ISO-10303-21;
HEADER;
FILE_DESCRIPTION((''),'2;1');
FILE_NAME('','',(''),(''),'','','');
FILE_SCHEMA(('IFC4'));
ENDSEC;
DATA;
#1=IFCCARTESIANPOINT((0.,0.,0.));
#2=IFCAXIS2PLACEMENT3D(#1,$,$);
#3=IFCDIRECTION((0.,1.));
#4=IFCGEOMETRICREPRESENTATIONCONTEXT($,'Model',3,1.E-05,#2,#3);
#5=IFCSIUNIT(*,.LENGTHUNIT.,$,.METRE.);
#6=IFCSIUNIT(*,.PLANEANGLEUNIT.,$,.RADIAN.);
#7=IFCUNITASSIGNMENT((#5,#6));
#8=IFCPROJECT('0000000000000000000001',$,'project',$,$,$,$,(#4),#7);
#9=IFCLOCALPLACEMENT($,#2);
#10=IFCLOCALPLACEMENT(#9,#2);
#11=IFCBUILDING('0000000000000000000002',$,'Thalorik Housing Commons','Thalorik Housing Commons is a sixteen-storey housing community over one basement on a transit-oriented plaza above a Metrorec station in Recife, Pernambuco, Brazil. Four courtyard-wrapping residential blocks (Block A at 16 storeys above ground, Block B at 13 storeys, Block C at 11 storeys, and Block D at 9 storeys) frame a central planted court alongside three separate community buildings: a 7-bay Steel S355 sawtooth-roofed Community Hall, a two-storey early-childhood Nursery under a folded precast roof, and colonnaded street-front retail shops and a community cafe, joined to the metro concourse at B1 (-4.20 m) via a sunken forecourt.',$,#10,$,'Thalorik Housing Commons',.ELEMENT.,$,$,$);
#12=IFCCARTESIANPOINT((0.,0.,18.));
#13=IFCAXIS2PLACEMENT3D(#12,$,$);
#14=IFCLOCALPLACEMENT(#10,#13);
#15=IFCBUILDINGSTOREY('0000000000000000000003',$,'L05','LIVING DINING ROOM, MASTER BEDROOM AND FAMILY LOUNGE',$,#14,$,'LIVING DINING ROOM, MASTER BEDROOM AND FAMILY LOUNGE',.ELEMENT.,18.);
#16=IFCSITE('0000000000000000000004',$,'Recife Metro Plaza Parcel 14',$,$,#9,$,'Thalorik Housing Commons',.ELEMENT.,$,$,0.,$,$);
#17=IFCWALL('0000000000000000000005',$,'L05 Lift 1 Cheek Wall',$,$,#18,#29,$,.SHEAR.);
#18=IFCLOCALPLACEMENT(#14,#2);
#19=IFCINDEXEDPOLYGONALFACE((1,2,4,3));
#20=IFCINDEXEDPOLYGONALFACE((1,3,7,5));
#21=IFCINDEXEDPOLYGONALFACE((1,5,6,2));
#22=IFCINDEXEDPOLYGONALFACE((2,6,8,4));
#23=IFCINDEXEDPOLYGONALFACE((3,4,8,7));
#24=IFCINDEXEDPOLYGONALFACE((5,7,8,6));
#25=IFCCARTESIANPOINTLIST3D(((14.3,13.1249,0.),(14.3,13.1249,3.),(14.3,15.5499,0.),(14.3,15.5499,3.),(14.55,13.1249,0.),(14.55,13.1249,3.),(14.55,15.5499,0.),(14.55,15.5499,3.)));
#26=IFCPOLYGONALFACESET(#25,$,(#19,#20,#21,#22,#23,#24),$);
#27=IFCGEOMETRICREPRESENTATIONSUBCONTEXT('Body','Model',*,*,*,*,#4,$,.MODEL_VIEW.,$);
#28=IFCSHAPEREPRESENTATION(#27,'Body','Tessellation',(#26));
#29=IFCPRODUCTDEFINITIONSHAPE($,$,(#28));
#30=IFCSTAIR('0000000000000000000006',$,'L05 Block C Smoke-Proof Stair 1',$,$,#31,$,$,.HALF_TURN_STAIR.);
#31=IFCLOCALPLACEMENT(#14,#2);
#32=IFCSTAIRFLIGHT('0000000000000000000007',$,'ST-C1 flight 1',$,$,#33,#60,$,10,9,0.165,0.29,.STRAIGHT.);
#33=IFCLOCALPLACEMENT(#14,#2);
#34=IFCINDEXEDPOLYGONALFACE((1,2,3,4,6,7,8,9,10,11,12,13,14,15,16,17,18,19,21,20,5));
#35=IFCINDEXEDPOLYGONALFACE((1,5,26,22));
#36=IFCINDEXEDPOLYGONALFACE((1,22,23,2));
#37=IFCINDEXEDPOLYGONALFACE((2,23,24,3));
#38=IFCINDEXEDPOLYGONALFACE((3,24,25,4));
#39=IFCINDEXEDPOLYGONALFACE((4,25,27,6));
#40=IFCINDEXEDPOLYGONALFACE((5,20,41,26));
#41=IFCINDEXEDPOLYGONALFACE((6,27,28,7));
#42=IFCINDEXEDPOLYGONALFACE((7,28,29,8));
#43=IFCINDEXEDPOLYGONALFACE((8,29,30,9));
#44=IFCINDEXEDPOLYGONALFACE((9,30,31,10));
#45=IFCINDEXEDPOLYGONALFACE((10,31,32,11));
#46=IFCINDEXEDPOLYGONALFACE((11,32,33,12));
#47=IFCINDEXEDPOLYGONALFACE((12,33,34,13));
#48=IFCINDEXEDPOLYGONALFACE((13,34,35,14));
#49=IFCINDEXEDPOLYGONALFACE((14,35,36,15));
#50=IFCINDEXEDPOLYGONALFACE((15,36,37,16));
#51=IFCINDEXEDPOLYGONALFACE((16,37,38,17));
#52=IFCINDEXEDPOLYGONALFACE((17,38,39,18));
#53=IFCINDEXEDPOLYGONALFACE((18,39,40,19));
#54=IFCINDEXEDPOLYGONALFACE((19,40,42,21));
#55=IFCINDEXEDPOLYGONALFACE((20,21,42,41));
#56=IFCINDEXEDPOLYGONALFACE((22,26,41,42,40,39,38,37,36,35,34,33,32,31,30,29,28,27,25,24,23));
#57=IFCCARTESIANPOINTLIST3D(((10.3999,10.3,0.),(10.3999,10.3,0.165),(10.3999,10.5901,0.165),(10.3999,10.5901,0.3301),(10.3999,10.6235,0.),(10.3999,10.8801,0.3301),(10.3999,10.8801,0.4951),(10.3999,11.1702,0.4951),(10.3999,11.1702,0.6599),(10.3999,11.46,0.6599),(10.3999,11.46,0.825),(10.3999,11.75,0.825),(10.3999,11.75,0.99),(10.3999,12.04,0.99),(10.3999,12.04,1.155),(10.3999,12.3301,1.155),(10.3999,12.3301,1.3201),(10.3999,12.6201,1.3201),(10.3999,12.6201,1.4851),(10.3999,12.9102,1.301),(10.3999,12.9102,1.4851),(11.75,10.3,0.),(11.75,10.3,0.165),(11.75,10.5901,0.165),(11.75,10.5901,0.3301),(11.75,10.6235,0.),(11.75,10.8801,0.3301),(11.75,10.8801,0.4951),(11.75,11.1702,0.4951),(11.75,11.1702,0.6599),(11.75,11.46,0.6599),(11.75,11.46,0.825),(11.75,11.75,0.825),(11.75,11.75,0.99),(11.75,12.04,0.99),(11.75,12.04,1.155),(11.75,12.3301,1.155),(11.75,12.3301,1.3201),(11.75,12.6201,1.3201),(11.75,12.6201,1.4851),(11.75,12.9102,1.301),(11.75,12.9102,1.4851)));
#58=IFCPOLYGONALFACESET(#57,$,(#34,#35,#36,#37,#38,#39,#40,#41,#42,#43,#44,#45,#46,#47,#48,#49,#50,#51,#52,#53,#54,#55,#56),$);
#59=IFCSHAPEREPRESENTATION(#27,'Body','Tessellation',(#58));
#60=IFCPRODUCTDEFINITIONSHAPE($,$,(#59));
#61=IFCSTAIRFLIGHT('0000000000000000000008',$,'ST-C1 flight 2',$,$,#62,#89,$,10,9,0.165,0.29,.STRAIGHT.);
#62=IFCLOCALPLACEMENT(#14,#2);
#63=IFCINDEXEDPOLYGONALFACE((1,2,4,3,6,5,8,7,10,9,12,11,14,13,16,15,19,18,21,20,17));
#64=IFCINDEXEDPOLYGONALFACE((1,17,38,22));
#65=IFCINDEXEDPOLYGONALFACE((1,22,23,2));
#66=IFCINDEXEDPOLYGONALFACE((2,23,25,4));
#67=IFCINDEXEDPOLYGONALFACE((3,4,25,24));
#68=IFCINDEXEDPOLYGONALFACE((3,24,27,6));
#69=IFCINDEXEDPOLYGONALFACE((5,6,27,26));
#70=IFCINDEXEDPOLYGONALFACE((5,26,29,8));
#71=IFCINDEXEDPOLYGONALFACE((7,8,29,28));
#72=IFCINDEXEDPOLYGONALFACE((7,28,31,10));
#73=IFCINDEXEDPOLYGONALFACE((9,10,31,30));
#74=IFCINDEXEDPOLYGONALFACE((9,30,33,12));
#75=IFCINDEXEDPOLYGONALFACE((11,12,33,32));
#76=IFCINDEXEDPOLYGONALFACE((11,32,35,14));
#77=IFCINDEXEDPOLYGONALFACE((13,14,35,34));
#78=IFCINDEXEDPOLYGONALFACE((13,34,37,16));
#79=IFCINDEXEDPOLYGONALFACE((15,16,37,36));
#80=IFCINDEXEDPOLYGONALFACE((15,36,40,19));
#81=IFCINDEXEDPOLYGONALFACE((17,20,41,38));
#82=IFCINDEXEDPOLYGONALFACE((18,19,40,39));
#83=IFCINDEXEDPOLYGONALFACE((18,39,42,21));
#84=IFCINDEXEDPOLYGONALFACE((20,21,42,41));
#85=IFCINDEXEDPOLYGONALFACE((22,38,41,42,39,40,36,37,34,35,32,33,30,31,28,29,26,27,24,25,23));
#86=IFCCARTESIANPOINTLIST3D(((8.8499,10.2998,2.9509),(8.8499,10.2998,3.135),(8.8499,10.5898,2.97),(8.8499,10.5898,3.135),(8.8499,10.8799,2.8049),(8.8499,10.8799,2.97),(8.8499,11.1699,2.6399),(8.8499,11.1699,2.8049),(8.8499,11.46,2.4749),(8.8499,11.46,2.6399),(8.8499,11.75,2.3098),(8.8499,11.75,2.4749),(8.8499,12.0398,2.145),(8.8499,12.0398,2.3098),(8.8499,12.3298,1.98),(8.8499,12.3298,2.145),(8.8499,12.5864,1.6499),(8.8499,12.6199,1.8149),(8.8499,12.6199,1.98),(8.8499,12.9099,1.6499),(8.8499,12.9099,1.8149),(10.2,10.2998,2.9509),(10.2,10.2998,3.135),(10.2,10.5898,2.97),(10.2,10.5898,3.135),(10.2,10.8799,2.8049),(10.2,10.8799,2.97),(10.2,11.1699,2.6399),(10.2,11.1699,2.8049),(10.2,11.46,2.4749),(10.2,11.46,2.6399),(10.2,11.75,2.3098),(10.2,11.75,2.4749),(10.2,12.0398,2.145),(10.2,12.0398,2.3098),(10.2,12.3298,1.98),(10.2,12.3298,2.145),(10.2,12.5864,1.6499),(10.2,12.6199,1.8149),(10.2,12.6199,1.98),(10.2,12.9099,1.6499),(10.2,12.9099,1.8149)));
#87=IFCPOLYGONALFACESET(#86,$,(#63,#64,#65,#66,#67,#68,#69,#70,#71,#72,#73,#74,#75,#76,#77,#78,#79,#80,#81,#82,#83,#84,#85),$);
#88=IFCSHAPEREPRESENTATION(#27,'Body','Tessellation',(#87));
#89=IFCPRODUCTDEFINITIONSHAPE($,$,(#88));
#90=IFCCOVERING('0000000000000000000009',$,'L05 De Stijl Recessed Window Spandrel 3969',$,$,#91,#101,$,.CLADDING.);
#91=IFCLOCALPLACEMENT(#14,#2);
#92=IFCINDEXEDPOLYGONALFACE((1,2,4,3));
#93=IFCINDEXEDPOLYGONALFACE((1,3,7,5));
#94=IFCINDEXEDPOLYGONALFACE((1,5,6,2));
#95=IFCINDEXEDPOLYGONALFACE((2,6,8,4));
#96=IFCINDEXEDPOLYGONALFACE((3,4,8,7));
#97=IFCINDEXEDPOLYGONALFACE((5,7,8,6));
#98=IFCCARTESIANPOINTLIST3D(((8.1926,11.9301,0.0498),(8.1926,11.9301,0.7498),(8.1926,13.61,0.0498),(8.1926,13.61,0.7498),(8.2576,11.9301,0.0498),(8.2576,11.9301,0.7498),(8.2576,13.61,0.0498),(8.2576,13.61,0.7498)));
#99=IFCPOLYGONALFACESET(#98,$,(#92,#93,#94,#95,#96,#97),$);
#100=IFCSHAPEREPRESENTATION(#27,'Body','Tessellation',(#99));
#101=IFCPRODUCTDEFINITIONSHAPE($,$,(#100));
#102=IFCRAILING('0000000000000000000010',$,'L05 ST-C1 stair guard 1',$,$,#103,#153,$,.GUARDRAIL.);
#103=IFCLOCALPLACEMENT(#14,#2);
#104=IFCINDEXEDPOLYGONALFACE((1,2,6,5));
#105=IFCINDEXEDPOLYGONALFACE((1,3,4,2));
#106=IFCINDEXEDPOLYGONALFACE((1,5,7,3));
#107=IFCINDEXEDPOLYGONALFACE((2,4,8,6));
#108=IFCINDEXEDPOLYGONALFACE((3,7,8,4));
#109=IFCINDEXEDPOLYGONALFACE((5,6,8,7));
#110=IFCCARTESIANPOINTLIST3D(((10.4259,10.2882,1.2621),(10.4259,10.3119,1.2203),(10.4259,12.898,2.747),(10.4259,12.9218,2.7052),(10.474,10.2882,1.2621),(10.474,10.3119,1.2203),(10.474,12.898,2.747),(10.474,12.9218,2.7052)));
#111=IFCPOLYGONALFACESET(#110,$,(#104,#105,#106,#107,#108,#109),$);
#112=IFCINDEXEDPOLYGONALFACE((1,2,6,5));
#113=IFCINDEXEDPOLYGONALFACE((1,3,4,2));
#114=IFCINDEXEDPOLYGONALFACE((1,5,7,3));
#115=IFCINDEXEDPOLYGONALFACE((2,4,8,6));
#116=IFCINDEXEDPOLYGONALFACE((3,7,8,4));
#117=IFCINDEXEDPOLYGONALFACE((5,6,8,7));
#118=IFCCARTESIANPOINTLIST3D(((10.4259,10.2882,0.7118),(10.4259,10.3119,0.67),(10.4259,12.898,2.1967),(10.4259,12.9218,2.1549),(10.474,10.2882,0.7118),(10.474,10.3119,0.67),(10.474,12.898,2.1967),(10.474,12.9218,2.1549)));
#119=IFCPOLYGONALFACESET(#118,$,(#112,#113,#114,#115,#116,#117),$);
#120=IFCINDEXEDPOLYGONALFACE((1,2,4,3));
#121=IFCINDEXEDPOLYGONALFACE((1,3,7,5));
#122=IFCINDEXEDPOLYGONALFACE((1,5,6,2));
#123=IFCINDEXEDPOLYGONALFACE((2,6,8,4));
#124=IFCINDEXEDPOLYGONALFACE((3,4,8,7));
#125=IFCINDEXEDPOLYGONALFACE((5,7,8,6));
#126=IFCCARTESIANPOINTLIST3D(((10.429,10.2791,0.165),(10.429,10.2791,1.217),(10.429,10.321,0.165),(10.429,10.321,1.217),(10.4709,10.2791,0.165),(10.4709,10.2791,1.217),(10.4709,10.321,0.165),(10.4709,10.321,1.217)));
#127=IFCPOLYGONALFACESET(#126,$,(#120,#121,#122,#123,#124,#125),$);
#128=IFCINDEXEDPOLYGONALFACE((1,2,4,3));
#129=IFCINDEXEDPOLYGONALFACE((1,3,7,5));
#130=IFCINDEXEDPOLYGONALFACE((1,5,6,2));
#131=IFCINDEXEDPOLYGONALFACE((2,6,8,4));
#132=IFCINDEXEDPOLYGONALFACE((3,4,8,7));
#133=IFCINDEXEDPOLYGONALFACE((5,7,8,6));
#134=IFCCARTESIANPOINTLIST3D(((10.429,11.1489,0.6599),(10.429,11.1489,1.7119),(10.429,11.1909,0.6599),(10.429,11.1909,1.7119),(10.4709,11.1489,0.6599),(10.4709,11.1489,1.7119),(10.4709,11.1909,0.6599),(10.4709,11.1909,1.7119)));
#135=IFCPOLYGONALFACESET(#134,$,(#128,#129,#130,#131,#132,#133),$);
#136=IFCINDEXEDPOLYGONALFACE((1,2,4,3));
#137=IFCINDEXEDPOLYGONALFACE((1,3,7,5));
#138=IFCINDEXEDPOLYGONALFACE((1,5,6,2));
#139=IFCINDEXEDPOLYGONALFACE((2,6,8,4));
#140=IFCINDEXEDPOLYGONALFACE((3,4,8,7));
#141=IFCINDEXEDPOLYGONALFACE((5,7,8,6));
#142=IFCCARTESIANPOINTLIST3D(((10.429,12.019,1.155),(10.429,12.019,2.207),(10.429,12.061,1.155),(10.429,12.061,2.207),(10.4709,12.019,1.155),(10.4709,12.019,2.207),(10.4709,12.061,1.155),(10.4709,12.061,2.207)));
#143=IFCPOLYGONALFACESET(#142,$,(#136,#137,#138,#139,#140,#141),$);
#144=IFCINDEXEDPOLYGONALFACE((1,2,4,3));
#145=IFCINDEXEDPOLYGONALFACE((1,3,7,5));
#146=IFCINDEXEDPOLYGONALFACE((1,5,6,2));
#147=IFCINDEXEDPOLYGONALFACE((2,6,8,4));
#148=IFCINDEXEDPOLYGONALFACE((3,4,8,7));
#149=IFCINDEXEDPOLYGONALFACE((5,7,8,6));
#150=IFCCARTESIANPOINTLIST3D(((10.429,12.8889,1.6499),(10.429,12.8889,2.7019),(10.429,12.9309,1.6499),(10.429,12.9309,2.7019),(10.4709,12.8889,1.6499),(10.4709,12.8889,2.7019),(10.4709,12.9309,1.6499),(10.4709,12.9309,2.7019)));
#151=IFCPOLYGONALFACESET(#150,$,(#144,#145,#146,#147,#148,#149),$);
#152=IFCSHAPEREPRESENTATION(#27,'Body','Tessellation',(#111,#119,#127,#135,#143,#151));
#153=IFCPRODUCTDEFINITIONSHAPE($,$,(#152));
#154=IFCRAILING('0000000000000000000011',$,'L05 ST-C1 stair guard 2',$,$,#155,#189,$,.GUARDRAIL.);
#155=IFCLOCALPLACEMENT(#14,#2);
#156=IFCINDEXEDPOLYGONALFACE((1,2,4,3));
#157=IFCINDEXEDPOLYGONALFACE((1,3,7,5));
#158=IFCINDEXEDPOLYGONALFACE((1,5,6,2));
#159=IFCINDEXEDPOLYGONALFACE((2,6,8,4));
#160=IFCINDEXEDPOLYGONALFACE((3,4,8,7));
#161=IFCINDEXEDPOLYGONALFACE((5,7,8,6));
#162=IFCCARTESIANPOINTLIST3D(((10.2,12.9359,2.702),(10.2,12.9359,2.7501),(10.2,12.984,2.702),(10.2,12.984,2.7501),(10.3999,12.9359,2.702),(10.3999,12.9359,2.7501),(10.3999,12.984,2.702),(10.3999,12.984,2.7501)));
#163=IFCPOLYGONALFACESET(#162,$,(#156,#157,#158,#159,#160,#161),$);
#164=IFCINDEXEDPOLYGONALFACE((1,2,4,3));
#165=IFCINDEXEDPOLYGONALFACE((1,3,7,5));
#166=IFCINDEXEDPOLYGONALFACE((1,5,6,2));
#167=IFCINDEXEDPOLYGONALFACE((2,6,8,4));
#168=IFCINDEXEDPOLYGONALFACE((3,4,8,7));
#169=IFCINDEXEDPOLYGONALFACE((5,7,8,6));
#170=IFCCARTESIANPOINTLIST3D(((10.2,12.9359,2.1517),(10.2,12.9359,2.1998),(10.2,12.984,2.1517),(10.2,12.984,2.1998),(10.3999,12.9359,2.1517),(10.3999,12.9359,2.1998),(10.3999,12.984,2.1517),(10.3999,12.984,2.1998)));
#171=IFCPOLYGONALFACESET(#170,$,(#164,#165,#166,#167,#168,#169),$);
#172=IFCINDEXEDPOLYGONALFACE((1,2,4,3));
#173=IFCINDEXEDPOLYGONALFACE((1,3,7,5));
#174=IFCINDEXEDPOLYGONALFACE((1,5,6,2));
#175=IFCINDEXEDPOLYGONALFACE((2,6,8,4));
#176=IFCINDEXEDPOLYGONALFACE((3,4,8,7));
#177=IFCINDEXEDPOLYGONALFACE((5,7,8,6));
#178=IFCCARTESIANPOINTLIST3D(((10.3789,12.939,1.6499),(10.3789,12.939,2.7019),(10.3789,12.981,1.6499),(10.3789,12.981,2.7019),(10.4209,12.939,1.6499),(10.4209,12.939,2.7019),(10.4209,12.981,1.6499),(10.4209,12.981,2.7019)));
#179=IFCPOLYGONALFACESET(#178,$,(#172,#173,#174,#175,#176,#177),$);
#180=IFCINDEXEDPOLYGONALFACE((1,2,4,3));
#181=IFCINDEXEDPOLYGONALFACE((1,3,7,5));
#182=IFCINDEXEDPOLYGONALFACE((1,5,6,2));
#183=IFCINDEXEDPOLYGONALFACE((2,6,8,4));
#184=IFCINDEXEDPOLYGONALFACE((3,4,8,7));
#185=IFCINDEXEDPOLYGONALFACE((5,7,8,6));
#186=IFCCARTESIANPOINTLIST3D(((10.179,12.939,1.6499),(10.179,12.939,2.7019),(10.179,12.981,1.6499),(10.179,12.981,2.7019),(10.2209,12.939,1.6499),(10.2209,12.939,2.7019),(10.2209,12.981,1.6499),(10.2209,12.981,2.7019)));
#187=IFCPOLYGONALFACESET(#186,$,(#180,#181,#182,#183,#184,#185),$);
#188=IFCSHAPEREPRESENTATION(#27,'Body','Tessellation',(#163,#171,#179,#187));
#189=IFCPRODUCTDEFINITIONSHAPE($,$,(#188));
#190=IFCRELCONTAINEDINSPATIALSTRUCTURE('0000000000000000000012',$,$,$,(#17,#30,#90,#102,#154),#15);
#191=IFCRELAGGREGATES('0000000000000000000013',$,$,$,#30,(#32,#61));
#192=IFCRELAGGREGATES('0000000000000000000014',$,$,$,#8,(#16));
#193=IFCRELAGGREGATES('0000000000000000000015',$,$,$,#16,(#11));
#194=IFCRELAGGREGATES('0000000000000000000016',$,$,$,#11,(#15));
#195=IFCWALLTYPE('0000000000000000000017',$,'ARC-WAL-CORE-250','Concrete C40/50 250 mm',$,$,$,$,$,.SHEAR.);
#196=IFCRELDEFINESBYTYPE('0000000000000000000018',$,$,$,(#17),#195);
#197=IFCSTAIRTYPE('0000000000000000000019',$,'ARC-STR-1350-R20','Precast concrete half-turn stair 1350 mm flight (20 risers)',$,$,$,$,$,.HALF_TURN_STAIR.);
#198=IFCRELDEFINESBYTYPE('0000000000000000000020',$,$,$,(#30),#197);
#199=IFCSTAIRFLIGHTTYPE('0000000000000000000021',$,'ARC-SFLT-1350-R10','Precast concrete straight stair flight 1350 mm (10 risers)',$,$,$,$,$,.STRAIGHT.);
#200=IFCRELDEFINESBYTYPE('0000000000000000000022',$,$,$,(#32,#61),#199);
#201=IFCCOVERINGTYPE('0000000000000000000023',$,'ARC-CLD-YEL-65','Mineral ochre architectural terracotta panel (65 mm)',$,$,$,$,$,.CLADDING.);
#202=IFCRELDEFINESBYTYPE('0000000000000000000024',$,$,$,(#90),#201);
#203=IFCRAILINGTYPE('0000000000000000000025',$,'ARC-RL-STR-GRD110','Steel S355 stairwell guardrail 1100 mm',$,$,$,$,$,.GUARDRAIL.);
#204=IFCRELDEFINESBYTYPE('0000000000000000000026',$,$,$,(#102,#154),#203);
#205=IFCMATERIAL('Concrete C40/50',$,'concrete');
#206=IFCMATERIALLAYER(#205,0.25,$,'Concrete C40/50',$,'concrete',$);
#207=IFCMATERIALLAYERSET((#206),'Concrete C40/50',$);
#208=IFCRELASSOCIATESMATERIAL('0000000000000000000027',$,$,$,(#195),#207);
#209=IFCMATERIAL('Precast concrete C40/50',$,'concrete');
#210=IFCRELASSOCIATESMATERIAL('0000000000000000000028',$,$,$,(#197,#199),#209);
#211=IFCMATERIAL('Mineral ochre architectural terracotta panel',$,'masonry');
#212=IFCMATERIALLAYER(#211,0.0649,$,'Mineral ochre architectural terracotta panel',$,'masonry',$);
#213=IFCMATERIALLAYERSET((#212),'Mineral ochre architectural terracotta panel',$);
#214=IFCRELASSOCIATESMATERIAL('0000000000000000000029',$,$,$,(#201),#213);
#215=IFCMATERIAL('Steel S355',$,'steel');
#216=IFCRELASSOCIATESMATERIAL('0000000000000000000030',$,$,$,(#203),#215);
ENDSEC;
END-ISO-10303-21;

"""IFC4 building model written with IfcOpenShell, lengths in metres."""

from ifc_helpers import new_model, si_unit, direction, frame, frame_2d, origin, origin_2d, place, context, subcontext, project, spatial, polyline, rectangle, outline, extrude, material, layer, layer_set, type_object, element, aggregate, save


model = new_model("IFC4")

# Units and contexts
model_context = context("Model", 3, precision=1e-05, world=origin(), true_north=direction((0.0, 1.0)))
body_context = subcontext(model_context, "Body", "Model", "MODEL_VIEW")
ifc_project = project(units=[si_unit("LENGTHUNIT", "METRE"), si_unit("PLANEANGLEUNIT", "RADIAN")], contexts=[model_context])

# Site, building, storey
site_placement = place(None, origin())
site = spatial("IfcSite", under=ifc_project, at=site_placement, Name="Recife Metro Plaza Parcel 14", LongName="Thalorik Housing Commons", CompositionType="ELEMENT", RefElevation=0.0)
building_placement = place(site_placement, origin())
building = spatial("IfcBuilding", under=site, at=building_placement, Name="Thalorik Housing Commons", Description="Thalorik Housing Commons is a sixteen-storey housing community over one basement on a transit-oriented plaza above a Metrorec station in Recife, Pernambuco, Brazil. Four courtyard-wrapping residential blocks (Block A at 16 storeys above ground, Block B at 13 storeys, Block C at 11 storeys, and Block D at 9 storeys) frame a central planted court alongside three separate community buildings: a 7-bay Steel S355 sawtooth-roofed Community Hall, a two-storey early-childhood Nursery under a folded precast roof, and colonnaded street-front retail shops and a community cafe, joined to the metro concourse at B1 (-4.20 m) via a sunken forecourt.", LongName="Thalorik Housing Commons", CompositionType="ELEMENT")
storey_placement = place(building_placement, frame((0.0, 0.0, 18.0)))
storey = spatial("IfcBuildingStorey", under=building, at=storey_placement, Name="L05", Description="LIVING DINING ROOM, MASTER BEDROOM AND FAMILY LOUNGE", LongName="LIVING DINING ROOM, MASTER BEDROOM AND FAMILY LOUNGE", CompositionType="ELEMENT", Elevation=18.0)

# Shared definitions
ifc_material_1 = material(Name="Concrete C40/50", Category="concrete")
ifc_layer_1 = layer(ifc_material_1, 0.25, Name="Concrete C40/50", Category="concrete")
ifc_layer_set_1 = layer_set([ifc_layer_1], Name="Concrete C40/50")
wall_type = type_object("IfcWallType", Name="ARC-WAL-CORE-250", Description="Concrete C40/50 250 mm", PredefinedType="SHEAR", material=ifc_layer_set_1)
ifc_material_2 = material(Name="Steel S355", Category="steel")

# Wall
wall_1_placement = place(storey_placement, frame((14.425, 13.125, 0.0), z_axis=(0.0, 0.0, 1.0), x_axis=(0.0, 1.0, 0.0)))
element("IfcWall", 1, at=wall_1_placement, inside=storey, type_object=wall_type, Name="L05 Lift 1 Cheek Wall", PredefinedType="SHEAR", context=body_context, shape_type="SweptSolid", body=[
    extrude(rectangle(XDim=2.425, YDim=0.25, at=frame_2d((1.2124, 0.0))), origin(), (0.0, 0.0, 1.0), 3.0),
])

# Stair, stair flights
ifc_material_3 = material(Name="Precast concrete C40/50", Category="concrete")
stair_type = type_object("IfcStairType", Name="ARC-STR-1350-R20", Description="Precast concrete half-turn stair 1350 mm flight (20 risers)", PredefinedType="HALF_TURN_STAIR", material=ifc_material_3)
stair_placement = place(storey_placement, origin())
stair = element("IfcStair", 2, at=stair_placement, inside=storey, type_object=stair_type, Name="L05 Block C Smoke-Proof Stair 1", PredefinedType="HALF_TURN_STAIR")
stair_flight_type = type_object("IfcStairFlightType", Name="ARC-SFLT-1350-R10", Description="Precast concrete straight stair flight 1350 mm (10 risers)", PredefinedType="STRAIGHT", material=ifc_material_3)
stair_flight_1_placement = place(storey_placement, frame((11.075, 10.3, 0.0), z_axis=(0.0, 0.0, 1.0), x_axis=(0.0, 1.0, 0.0)))
stair_flight_1 = element("IfcStairFlight", 3, at=stair_flight_1_placement, type_object=stair_flight_type, Name="ST-C1 flight 1", NumberOfRisers=10, NumberOfTreads=9, PredefinedType="STRAIGHT", RiserHeight=0.165, TreadLength=0.29, context=body_context, shape_type="SweptSolid", body=[
    extrude(outline(polyline([(0.0, 0.0), (0.0, 0.165), (0.29, 0.165), (0.29, 0.3301), (0.5801, 0.3301), (0.5801, 0.4951), (0.8701, 0.4951), (0.8701, 0.6599), (1.1599, 0.6599), (1.1599, 0.825), (1.45, 0.825), (1.45, 0.99), (1.74, 0.99), (1.74, 1.155), (2.03, 1.155), (2.03, 1.3201), (2.3201, 1.3201), (2.3201, 1.4851), (2.6101, 1.4851), (2.6101, 1.6499), (2.6101, 1.301), (0.3235, 0.0), (0.0, 0.0)])), frame((0.0, 0.675, 0.0), z_axis=(0.0, -1.0, 0.0), x_axis=(1.0, 0.0, 0.0)), (0.0, 0.0, 1.0), 1.3501),
])
stair_flight_2_placement = place(storey_placement, frame((9.5249, 12.9099, 1.6499), z_axis=(0.0, 0.0, 1.0), x_axis=(0.0, -1.0, 0.0)))
stair_flight_2 = element("IfcStairFlight", 4, at=stair_flight_2_placement, type_object=stair_flight_type, Name="ST-C1 flight 2", NumberOfRisers=10, NumberOfTreads=9, PredefinedType="STRAIGHT", RiserHeight=0.165, TreadLength=0.29, context=body_context, shape_type="SweptSolid", body=[
    extrude(outline(polyline([(0.0, 0.0), (0.0, 0.165), (0.29, 0.165), (0.29, 0.3301), (0.5801, 0.3301), (0.5801, 0.4951), (0.8701, 0.4951), (0.8701, 0.6599), (1.1599, 0.6599), (1.1599, 0.825), (1.45, 0.825), (1.45, 0.99), (1.74, 0.99), (1.74, 1.155), (2.03, 1.155), (2.03, 1.3201), (2.3201, 1.3201), (2.3201, 1.4851), (2.6101, 1.4851), (2.6101, 1.6499), (2.6101, 1.301), (0.3235, 0.0), (0.0, 0.0)])), frame((0.0, 0.675, 0.0), z_axis=(0.0, -1.0, 0.0), x_axis=(1.0, 0.0, 0.0)), (0.0, 0.0, 1.0), 1.3501),
])
aggregate(stair, [stair_flight_1, stair_flight_2])

# Covering
ifc_material_4 = material(Name="Mineral ochre architectural terracotta panel", Category="masonry")
ifc_layer_2 = layer(ifc_material_4, 0.0649, Name="Mineral ochre architectural terracotta panel", Category="masonry")
ifc_layer_set_2 = layer_set([ifc_layer_2], Name="Mineral ochre architectural terracotta panel")
covering_type_1 = type_object("IfcCoveringType", Name="ARC-CLD-YEL-65", Description="Mineral ochre architectural terracotta panel (65 mm)", PredefinedType="CLADDING", material=ifc_layer_set_2)
covering_1_placement = place(storey_placement, frame((8.2251, 12.77, 0.0498), z_axis=(0.0, 0.0, 1.0), x_axis=(0.0, -1.0, 0.0)))
element("IfcCovering", 5, at=covering_1_placement, inside=storey, type_object=covering_type_1, Name="L05 De Stijl Recessed Window Spandrel 3969", PredefinedType="CLADDING", context=body_context, shape_type="SweptSolid", body=[
    extrude(rectangle(XDim=1.6799, YDim=0.0649, at=origin_2d()), origin(), (0.0, 0.0, 1.0), 0.7),
])

# Railings
railing_type_1 = type_object("IfcRailingType", Name="ARC-RL-STR-GRD110", Description="Steel S355 stairwell guardrail 1100 mm", PredefinedType="GUARDRAIL", material=ifc_material_2)
railing_1_placement = place(storey_placement, frame((10.45, 10.3, 0.165)))
element("IfcRailing", 6, at=railing_1_placement, inside=storey, type_object=railing_type_1, Name="L05 ST-C1 stair guard 1", PredefinedType="GUARDRAIL", context=body_context, shape_type="SweptSolid", body=[
    extrude(rectangle(XDim=0.0481, YDim=0.0481, at=origin_2d()), frame((0.0, 0.0, 1.0762), z_axis=(0.0, 0.869172, 0.494509), x_axis=(-1.0, 0.0, 0.0)), (0.0, 0.0, 1.0), 3.0027),
    extrude(rectangle(XDim=0.0481, YDim=0.0481, at=origin_2d()), frame((0.0, 0.0, 0.5259), z_axis=(0.0, 0.869172, 0.494509), x_axis=(-1.0, 0.0, 0.0)), (0.0, 0.0, 1.0), 3.0027),
    extrude(rectangle(XDim=0.042, YDim=0.042, at=origin_2d()), origin(), (0.0, 0.0, 1.0), 1.052),
    extrude(rectangle(XDim=0.042, YDim=0.042, at=origin_2d()), frame((0.0, 0.8699, 0.4949)), (0.0, 0.0, 1.0), 1.052),
    extrude(rectangle(XDim=0.042, YDim=0.042, at=origin_2d()), frame((0.0, 1.74, 0.99)), (0.0, 0.0, 1.0), 1.052),
    extrude(rectangle(XDim=0.042, YDim=0.042, at=origin_2d()), frame((0.0, 2.6099, 1.4849)), (0.0, 0.0, 1.0), 1.052),
])
railing_2_placement = place(storey_placement, frame((10.3999, 12.96, 1.6499)))
element("IfcRailing", 7, at=railing_2_placement, inside=storey, type_object=railing_type_1, Name="L05 ST-C1 stair guard 2", PredefinedType="GUARDRAIL", context=body_context, shape_type="SweptSolid", body=[
    extrude(rectangle(XDim=0.0481, YDim=0.0481, at=origin_2d()), frame((0.0, 0.0, 1.0762), z_axis=(-1.0, 0.0, 0.0), x_axis=(0.0, -1.0, 0.0)), (0.0, 0.0, 1.0), 0.2),
    extrude(rectangle(XDim=0.0481, YDim=0.0481, at=origin_2d()), frame((0.0, 0.0, 0.5259), z_axis=(-1.0, 0.0, 0.0), x_axis=(0.0, -1.0, 0.0)), (0.0, 0.0, 1.0), 0.2),
    extrude(rectangle(XDim=0.042, YDim=0.042, at=origin_2d()), origin(), (0.0, 0.0, 1.0), 1.052),
    extrude(rectangle(XDim=0.042, YDim=0.042, at=origin_2d()), frame((-0.2, 0.0, 0.0)), (0.0, 0.0, 1.0), 1.052),
])

save(model, "model.ifc")
